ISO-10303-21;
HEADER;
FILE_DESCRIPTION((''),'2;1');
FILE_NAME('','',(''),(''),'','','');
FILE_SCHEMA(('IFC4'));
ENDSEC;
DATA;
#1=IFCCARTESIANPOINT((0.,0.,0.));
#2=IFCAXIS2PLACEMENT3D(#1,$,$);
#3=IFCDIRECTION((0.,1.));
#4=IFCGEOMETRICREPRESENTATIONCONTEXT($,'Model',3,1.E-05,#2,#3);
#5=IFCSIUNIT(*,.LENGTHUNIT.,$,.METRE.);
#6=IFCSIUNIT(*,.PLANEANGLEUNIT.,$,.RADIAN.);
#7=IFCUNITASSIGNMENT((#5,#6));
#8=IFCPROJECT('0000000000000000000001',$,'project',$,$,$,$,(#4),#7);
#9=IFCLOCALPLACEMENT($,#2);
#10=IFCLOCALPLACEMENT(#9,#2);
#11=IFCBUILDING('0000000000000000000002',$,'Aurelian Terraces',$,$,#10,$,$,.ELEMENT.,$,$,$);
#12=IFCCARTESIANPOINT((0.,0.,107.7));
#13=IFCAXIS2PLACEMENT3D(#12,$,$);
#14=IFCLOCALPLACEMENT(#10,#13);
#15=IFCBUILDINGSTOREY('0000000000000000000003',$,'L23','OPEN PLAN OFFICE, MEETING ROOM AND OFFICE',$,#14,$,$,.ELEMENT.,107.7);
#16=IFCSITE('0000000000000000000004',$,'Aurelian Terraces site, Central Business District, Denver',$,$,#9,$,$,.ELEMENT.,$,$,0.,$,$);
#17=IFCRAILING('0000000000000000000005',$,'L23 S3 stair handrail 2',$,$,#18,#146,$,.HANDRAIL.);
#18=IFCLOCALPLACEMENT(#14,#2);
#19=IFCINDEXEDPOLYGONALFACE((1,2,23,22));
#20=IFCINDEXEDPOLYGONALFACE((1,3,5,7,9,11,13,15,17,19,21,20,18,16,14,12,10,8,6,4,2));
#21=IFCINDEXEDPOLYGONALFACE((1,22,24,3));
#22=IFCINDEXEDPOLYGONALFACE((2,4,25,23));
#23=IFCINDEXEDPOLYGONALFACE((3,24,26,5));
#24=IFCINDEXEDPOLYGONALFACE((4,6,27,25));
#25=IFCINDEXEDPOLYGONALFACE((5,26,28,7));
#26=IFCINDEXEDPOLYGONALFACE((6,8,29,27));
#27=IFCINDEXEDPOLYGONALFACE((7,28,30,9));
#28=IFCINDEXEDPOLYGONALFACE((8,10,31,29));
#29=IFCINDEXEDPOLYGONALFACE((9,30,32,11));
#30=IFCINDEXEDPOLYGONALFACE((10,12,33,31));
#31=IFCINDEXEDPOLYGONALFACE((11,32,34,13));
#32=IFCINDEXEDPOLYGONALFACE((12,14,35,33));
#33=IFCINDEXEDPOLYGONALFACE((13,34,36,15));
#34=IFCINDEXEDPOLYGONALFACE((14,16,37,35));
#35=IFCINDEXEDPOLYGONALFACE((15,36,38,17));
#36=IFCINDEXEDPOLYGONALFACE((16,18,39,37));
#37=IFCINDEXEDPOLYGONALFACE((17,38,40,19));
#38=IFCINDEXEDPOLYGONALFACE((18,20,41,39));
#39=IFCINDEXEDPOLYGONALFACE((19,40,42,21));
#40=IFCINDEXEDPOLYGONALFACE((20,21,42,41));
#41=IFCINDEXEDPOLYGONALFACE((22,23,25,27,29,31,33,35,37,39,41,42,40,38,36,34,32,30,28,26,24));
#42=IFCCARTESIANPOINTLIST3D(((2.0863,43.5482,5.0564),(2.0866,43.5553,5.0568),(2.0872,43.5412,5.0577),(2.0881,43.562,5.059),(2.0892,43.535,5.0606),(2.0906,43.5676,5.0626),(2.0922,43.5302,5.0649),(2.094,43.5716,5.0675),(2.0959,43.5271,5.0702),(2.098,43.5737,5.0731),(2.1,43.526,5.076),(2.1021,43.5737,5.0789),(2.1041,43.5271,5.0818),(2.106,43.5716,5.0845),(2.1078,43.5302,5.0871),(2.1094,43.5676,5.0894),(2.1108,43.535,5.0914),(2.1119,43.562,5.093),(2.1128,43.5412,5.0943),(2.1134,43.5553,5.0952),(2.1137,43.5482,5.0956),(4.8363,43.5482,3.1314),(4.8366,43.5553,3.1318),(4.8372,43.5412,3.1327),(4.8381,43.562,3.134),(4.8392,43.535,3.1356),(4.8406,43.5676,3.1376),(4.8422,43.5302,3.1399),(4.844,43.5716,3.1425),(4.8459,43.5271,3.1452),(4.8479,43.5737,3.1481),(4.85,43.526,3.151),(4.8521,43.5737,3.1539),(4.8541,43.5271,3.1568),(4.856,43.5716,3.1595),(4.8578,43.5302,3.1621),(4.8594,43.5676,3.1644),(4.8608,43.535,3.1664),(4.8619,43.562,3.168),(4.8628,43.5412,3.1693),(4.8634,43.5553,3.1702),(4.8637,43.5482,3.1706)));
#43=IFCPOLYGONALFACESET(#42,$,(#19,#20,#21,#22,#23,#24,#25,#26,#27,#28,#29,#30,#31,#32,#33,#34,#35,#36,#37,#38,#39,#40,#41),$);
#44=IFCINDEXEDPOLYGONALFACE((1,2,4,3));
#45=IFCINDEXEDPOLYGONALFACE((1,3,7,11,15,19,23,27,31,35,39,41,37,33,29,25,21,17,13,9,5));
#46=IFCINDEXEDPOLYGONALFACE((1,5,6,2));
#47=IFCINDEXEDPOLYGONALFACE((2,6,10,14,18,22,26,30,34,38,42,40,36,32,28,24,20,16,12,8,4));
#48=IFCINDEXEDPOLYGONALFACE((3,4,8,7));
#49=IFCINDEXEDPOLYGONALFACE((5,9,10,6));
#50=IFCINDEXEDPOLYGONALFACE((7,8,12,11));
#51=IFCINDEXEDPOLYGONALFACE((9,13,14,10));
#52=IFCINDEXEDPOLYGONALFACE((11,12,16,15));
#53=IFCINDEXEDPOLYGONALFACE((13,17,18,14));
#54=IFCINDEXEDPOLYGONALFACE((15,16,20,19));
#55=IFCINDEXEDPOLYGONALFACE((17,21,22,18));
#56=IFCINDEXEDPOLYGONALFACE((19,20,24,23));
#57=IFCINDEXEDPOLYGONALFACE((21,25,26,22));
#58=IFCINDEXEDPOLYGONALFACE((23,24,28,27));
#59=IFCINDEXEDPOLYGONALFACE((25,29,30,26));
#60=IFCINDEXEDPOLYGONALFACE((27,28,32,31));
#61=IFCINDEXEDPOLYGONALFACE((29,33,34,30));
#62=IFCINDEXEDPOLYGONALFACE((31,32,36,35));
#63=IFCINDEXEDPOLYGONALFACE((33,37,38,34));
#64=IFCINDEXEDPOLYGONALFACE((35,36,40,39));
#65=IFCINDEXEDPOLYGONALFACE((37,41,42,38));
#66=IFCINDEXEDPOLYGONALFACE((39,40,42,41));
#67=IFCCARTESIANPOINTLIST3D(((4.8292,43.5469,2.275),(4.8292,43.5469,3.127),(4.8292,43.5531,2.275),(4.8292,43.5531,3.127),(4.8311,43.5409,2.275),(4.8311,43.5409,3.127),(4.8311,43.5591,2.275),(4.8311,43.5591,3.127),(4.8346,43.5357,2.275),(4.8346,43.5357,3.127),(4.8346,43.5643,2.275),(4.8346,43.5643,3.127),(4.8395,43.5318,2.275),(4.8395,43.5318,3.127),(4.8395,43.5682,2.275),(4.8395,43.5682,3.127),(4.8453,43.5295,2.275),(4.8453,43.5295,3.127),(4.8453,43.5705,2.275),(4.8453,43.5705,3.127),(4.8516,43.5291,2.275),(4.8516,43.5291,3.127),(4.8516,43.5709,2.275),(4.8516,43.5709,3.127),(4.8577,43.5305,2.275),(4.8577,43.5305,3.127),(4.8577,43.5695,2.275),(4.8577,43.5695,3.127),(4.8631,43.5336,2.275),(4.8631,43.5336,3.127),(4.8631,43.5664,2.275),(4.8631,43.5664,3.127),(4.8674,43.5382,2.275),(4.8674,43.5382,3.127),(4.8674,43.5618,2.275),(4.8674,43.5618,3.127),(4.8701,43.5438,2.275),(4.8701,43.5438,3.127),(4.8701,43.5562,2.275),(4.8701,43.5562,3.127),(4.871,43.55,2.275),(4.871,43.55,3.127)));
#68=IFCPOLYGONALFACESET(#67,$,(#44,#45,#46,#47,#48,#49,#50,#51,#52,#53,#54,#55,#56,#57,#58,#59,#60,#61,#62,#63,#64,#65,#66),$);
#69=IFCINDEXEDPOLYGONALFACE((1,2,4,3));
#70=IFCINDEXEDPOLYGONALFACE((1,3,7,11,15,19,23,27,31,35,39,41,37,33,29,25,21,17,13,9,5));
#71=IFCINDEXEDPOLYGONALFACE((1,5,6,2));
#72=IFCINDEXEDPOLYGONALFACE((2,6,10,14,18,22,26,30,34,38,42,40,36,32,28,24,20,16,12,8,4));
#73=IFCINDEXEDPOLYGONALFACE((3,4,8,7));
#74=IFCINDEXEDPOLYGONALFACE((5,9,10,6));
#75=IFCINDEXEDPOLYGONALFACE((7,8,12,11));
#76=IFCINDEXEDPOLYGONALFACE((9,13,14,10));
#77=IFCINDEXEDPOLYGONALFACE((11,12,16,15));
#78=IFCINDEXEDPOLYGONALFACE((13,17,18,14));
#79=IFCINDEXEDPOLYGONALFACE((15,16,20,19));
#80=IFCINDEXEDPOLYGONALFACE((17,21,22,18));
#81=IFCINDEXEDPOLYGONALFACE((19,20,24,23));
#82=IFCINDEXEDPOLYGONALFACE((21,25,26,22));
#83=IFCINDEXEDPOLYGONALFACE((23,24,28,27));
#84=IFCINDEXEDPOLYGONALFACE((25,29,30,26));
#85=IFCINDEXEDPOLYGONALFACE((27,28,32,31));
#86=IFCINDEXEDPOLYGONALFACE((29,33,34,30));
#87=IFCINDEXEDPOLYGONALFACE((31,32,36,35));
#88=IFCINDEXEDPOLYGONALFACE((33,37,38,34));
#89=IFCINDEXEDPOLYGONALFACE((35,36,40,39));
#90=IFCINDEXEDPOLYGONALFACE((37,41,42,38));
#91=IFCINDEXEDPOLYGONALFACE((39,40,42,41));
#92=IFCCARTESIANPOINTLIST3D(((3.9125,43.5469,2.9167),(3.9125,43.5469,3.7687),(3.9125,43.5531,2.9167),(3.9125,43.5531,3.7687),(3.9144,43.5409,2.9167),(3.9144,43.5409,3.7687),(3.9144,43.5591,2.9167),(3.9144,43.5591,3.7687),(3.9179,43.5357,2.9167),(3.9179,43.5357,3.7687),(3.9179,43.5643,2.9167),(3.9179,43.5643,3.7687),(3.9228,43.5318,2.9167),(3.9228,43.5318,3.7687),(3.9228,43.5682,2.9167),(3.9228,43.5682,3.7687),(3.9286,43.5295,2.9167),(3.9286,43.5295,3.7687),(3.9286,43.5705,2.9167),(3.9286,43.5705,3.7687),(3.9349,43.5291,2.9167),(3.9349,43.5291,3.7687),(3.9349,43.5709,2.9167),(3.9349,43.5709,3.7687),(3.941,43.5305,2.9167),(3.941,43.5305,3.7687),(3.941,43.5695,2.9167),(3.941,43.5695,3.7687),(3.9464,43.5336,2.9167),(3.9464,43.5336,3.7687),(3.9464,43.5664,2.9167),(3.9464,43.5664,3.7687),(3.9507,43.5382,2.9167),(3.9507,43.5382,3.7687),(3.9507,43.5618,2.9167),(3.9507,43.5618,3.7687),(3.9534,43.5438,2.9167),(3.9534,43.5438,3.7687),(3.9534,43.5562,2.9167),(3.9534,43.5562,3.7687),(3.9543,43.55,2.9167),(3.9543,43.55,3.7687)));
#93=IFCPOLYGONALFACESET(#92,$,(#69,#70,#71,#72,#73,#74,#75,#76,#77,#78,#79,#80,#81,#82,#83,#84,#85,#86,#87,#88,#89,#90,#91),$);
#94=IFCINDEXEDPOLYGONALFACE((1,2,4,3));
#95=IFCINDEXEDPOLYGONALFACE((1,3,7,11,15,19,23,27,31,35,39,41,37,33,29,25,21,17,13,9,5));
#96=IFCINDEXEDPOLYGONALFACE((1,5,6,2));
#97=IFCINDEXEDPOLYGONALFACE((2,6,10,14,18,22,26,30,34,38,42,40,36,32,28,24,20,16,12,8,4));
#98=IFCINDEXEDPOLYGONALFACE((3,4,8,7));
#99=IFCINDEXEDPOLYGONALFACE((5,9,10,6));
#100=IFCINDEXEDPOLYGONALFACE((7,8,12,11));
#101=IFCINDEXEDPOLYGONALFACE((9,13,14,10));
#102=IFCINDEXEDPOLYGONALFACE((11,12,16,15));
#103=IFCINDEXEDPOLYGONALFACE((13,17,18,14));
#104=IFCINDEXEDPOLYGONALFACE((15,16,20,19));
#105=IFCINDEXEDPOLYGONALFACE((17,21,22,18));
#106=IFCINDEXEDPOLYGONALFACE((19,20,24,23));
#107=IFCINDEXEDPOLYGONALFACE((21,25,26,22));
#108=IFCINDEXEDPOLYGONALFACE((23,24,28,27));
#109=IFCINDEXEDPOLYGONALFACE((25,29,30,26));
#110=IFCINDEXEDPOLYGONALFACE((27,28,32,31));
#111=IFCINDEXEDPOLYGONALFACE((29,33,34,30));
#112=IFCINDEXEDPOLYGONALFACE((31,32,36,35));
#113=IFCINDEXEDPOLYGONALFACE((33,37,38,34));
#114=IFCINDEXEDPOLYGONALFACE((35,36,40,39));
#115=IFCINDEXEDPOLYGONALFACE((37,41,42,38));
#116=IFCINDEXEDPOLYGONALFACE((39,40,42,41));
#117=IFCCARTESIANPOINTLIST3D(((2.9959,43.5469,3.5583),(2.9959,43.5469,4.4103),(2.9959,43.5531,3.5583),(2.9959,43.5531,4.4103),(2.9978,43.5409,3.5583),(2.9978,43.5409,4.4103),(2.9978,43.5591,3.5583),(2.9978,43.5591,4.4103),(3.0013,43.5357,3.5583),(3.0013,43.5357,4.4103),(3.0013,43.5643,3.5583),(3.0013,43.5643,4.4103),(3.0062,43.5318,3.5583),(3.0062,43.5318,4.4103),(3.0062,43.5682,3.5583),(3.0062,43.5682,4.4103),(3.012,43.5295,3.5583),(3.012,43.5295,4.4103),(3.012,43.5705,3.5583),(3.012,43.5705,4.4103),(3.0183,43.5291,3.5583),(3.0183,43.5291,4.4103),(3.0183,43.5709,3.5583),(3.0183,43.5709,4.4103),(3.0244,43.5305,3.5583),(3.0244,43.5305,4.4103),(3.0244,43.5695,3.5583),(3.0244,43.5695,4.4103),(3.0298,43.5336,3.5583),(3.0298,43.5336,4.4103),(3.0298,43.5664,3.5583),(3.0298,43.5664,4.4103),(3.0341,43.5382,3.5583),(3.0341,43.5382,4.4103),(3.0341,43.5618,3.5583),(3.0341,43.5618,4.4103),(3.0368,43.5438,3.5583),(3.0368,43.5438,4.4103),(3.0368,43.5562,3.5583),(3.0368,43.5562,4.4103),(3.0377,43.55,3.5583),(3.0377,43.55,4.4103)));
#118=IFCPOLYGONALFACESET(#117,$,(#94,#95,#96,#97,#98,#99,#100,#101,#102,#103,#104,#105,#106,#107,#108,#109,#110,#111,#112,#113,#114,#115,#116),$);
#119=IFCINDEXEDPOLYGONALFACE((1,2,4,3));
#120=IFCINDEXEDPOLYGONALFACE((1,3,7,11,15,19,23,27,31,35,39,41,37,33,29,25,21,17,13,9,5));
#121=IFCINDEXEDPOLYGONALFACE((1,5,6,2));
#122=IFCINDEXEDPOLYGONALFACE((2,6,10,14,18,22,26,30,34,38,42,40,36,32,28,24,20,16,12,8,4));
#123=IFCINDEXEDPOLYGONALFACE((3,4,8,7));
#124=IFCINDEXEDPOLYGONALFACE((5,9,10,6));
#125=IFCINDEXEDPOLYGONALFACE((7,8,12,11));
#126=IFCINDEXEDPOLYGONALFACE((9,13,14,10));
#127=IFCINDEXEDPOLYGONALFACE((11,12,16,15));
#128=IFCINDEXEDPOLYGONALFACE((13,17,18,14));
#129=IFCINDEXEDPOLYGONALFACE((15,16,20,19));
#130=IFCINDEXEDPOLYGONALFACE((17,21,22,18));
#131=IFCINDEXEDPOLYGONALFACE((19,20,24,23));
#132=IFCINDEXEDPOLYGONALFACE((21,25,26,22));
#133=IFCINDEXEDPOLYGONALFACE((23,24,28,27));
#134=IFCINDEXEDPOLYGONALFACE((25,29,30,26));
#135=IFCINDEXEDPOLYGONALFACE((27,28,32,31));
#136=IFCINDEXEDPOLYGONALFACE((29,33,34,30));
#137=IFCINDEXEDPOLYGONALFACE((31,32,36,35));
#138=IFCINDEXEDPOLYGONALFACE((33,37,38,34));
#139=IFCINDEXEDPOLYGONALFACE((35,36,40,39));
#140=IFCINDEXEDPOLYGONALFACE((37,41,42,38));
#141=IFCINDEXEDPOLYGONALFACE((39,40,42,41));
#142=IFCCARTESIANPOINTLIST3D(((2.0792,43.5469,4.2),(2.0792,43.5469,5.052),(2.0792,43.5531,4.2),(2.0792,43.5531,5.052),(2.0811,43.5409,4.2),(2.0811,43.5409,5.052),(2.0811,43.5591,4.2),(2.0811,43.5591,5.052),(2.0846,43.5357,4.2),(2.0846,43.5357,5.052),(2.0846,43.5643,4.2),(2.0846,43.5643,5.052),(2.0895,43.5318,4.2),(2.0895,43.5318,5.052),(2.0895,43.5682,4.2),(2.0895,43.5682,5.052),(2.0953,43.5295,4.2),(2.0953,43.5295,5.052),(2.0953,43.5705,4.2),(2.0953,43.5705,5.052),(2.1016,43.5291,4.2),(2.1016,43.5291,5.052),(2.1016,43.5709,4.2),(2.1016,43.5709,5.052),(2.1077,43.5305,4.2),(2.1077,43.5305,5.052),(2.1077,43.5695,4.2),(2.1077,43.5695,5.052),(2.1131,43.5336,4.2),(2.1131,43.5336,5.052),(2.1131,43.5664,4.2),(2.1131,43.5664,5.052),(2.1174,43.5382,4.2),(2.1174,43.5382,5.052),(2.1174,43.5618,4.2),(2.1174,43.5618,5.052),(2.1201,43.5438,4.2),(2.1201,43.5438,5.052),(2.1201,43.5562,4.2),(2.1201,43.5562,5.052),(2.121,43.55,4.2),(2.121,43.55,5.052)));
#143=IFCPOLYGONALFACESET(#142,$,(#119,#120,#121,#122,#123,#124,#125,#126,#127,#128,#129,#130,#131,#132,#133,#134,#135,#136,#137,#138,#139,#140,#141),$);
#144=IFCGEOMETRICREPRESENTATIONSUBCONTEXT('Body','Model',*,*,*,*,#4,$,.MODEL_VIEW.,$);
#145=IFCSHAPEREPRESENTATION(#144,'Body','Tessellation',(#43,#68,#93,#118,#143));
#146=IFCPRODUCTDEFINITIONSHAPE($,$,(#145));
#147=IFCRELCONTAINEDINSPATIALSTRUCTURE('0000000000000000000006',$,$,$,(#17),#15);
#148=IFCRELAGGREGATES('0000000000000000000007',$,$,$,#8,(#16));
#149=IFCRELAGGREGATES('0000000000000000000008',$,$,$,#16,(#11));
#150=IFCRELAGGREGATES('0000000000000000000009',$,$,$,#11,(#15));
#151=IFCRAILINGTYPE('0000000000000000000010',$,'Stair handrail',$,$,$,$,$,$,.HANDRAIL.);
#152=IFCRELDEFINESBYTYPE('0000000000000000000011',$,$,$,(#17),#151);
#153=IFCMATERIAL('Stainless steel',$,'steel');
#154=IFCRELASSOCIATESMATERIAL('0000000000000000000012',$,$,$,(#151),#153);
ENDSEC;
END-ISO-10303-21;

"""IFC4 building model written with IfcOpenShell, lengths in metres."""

from ifc_helpers import new_model, si_unit, direction, frame, origin, origin_2d, place, context, subcontext, project, spatial, circle, extrude, source, transform, mapped, material, type_object, element, save


model = new_model("IFC4")

# Units and contexts
model_context = context("Model", 3, precision=1e-05, world=origin(), true_north=direction((0.0, 1.0)))
body_context = subcontext(model_context, "Body", "Model", "MODEL_VIEW")
ifc_project = project(units=[si_unit("LENGTHUNIT", "METRE"), si_unit("PLANEANGLEUNIT", "RADIAN")], contexts=[model_context])

# Site, building, storey
site_placement = place(None, origin())
site = spatial("IfcSite", under=ifc_project, at=site_placement, Name="Aurelian Terraces site, Central Business District, Denver", CompositionType="ELEMENT", RefElevation=0.0)
building_placement = place(site_placement, origin())
building = spatial("IfcBuilding", under=site, at=building_placement, Name="Aurelian Terraces", CompositionType="ELEMENT")
storey_placement = place(building_placement, frame((0.0, 0.0, 107.7)))
storey = spatial("IfcBuildingStorey", under=building, at=storey_placement, Name="L23", Description="OPEN PLAN OFFICE, MEETING ROOM AND OFFICE", CompositionType="ELEMENT", Elevation=107.7)

# Railing
ifc_material_1 = material(Name="Stainless steel", Category="steel")
railing_type_1 = type_object("IfcRailingType", Name="Stair handrail", PredefinedType="HANDRAIL", material=ifc_material_1)
shared_shape_1 = source(origin(), body_context, "Body", "SweptSolid", [
    extrude(circle(Radius=0.024, at=origin_2d()), frame((0.0, 0.0, 0.876), z_axis=(-0.819232, 0.0, 0.573462), x_axis=(0.0, -1.0, 0.0)), (0.0, 0.0, 1.0), 3.3568),
    extrude(circle(Radius=0.021, at=origin_2d()), origin(), (0.0, 0.0, 1.0), 0.852),
    extrude(circle(Radius=0.021, at=origin_2d()), frame((-0.9167, 0.0, 0.6417)), (0.0, 0.0, 1.0), 0.852),
    extrude(circle(Radius=0.021, at=origin_2d()), frame((-1.8333, 0.0, 1.2833)), (0.0, 0.0, 1.0), 0.852),
    extrude(circle(Radius=0.021, at=origin_2d()), frame((-2.75, 0.0, 1.925)), (0.0, 0.0, 1.0), 0.852),
])
railing_1_placement = place(storey_placement, frame((4.85, 43.55, 2.275)))
element("IfcRailing", 1, at=railing_1_placement, inside=storey, type_object=railing_type_1, Name="L23 S3 stair handrail 2", PredefinedType="HANDRAIL", context=body_context, shape_type="MappedRepresentation", body=[
    mapped(shared_shape_1, transform((0.0, 0.0, 0.0), scale=1.0)),
])

save(model, "model.ifc")
